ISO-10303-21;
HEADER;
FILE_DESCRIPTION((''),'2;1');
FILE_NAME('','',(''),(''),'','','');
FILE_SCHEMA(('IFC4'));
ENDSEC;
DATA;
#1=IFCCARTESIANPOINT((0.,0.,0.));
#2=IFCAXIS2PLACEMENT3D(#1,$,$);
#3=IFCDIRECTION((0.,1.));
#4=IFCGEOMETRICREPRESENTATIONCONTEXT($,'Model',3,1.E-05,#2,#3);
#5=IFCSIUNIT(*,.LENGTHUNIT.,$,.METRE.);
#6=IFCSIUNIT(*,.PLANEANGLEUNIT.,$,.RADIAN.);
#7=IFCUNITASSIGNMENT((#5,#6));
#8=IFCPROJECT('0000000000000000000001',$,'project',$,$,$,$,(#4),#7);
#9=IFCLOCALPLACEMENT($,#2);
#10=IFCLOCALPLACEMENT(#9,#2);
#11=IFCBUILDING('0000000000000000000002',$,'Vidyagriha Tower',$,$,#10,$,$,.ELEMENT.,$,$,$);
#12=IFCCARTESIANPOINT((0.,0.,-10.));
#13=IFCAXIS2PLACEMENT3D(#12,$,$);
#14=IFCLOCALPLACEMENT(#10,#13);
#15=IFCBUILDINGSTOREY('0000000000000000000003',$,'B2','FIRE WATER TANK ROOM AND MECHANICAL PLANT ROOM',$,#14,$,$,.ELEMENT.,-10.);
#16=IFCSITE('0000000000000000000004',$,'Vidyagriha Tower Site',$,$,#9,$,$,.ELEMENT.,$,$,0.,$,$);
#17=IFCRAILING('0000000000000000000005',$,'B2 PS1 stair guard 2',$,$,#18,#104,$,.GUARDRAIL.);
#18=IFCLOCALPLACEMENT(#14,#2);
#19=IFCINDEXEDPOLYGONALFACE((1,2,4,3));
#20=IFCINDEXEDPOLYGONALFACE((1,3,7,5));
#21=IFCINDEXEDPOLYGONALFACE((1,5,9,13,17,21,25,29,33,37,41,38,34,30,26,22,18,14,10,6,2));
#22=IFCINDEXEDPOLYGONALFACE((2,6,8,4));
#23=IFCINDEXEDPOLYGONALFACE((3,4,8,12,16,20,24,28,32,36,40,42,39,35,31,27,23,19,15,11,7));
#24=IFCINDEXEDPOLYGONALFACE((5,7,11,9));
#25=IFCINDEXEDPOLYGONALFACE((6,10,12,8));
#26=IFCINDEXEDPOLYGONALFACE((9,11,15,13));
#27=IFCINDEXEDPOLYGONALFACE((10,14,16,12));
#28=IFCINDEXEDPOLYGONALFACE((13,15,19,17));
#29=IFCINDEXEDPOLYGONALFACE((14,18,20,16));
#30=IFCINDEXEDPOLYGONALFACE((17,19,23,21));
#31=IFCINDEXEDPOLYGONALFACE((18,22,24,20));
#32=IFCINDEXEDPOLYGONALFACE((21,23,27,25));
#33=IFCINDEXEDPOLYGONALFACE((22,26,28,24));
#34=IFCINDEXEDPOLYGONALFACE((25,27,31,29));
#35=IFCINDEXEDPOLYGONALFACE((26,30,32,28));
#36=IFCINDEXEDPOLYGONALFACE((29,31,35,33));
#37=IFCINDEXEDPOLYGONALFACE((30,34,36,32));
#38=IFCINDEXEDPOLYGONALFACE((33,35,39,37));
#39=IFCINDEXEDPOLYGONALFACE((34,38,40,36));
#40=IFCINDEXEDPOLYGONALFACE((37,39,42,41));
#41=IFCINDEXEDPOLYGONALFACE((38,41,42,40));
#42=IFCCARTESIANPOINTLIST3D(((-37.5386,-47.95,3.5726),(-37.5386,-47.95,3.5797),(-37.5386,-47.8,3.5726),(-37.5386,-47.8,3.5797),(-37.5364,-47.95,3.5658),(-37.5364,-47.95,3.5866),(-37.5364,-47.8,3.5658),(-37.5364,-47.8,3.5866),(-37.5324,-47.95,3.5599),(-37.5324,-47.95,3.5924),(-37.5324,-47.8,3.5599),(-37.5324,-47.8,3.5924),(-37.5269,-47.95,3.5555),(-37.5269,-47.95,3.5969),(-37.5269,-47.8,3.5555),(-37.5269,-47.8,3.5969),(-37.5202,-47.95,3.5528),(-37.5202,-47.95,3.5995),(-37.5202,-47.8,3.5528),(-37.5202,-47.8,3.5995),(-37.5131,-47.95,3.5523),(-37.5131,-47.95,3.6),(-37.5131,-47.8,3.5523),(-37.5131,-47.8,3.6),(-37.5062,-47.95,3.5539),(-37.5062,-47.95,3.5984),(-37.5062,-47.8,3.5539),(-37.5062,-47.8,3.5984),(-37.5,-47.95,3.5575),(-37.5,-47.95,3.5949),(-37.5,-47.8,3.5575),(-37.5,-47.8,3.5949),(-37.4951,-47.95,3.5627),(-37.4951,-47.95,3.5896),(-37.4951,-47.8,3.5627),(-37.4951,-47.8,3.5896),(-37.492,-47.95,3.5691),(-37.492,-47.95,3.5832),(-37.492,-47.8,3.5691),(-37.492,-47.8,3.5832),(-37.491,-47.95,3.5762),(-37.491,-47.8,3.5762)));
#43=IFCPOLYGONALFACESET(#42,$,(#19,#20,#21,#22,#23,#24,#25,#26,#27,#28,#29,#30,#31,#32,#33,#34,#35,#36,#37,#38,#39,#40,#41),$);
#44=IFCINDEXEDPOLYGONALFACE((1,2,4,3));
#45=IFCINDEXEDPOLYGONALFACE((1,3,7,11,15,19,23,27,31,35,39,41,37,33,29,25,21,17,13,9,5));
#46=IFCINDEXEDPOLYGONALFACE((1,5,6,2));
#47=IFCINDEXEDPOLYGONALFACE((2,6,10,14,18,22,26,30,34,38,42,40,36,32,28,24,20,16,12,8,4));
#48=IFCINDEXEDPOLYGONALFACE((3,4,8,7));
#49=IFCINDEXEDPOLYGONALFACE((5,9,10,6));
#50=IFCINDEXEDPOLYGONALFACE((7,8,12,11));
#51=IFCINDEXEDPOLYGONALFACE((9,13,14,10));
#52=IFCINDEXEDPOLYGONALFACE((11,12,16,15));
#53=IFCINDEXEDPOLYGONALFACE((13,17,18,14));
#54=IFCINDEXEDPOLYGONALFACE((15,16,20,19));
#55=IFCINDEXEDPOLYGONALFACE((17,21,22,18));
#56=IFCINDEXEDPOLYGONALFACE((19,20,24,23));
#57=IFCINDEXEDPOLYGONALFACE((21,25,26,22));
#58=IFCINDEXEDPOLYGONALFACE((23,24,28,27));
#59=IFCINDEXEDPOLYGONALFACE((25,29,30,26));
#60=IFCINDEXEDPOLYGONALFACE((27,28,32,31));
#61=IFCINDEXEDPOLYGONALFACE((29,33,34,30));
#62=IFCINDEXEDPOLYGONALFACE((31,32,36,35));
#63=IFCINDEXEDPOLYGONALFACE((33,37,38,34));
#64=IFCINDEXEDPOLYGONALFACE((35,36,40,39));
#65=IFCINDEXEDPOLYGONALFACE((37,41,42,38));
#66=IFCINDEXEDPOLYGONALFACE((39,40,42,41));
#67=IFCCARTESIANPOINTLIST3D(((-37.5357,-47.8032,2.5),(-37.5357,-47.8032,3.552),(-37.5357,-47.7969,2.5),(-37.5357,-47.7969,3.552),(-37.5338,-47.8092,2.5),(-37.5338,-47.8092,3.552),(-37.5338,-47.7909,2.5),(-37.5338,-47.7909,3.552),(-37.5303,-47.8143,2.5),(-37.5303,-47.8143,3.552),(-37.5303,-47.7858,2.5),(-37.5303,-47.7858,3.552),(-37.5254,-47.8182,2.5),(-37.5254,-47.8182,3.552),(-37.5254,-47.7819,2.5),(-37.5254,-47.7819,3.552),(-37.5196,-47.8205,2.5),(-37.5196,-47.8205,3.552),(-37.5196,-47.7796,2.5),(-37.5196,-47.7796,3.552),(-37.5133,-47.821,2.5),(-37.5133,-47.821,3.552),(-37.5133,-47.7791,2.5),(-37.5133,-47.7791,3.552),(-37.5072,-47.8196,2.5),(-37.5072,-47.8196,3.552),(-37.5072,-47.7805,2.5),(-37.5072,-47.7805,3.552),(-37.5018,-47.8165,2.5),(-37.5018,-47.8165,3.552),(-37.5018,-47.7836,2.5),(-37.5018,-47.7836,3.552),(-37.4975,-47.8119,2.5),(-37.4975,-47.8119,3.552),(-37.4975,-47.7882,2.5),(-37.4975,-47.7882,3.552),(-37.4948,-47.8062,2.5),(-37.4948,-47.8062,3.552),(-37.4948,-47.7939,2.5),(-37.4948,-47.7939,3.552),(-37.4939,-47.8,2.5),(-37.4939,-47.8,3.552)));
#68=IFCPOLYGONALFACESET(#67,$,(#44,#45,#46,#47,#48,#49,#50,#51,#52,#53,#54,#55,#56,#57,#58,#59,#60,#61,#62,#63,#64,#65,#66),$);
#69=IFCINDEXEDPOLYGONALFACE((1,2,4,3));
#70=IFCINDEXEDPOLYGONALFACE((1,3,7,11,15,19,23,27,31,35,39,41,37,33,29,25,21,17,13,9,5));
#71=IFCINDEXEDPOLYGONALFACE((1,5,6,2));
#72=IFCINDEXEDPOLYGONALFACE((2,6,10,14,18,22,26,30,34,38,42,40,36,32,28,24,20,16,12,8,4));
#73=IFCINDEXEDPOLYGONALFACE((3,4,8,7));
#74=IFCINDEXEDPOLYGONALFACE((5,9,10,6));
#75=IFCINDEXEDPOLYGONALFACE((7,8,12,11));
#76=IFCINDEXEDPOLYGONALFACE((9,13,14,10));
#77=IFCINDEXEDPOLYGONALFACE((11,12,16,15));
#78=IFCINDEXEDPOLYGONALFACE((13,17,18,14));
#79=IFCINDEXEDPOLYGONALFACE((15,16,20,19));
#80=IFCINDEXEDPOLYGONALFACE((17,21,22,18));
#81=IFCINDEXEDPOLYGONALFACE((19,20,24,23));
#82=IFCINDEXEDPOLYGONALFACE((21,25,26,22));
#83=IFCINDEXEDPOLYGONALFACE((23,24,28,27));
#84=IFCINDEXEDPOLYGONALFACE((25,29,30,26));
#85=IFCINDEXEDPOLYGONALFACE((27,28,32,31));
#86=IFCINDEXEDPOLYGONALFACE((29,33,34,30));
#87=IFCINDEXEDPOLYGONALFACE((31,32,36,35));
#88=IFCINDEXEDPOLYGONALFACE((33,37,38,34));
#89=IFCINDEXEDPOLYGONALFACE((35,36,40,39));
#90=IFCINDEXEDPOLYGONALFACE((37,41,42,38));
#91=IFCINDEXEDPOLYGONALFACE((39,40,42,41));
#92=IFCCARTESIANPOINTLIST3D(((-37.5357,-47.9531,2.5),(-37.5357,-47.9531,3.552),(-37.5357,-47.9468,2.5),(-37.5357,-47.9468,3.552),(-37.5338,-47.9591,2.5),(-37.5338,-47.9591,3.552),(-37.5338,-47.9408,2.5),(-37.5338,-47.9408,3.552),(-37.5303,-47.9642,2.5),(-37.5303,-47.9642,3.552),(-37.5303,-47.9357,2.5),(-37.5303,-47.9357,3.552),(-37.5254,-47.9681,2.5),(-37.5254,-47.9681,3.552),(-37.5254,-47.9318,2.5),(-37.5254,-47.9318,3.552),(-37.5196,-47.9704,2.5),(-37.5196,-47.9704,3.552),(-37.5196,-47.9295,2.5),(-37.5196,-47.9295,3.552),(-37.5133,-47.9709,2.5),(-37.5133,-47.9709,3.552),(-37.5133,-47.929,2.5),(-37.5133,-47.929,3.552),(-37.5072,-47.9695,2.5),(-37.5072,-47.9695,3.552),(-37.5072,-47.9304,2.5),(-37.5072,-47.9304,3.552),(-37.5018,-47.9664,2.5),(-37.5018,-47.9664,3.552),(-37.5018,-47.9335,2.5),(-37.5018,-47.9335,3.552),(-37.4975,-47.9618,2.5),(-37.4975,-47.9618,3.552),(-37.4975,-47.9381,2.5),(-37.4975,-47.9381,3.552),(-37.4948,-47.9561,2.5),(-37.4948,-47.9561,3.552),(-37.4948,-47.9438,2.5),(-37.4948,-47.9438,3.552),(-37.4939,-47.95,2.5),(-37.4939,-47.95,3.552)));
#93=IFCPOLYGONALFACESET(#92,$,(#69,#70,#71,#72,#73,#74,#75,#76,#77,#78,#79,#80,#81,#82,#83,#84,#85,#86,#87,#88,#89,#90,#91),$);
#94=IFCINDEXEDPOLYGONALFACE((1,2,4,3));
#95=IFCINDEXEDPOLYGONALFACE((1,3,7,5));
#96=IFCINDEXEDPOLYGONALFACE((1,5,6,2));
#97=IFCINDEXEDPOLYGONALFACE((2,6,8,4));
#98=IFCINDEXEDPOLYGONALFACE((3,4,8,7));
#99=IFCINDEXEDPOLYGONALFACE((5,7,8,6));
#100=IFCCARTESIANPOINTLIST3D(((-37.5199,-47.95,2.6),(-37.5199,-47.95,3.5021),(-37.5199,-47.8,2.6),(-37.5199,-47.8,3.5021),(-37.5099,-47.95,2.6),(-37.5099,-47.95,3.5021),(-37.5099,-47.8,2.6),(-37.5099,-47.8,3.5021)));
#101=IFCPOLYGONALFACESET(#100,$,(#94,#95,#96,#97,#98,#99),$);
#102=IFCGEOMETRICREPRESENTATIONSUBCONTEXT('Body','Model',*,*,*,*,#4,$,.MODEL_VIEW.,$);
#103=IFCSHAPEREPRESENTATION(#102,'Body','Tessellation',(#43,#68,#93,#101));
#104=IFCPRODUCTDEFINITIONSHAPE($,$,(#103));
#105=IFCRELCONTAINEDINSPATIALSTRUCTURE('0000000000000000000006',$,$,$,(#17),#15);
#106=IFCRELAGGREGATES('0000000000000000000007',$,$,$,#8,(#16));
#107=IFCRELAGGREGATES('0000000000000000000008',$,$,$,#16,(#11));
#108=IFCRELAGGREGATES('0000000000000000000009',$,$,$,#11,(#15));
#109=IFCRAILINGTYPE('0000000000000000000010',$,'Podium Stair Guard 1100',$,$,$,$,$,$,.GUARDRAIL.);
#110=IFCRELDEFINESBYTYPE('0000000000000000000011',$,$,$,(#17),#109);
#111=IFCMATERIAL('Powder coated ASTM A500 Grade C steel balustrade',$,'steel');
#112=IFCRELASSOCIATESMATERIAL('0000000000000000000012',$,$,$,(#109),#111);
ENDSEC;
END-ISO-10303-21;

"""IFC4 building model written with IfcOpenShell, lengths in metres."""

from ifc_helpers import new_model, si_unit, direction, frame, origin, origin_2d, place, context, subcontext, project, spatial, rectangle, circle, extrude, material, type_object, element, save


model = new_model("IFC4")

# Units and contexts
model_context = context("Model", 3, precision=1e-05, world=origin(), true_north=direction((0.0, 1.0)))
body_context = subcontext(model_context, "Body", "Model", "MODEL_VIEW")
ifc_project = project(units=[si_unit("LENGTHUNIT", "METRE"), si_unit("PLANEANGLEUNIT", "RADIAN")], contexts=[model_context])

# Site, building, storey
site_placement = place(None, origin())
site = spatial("IfcSite", under=ifc_project, at=site_placement, Name="Vidyagriha Tower Site", CompositionType="ELEMENT", RefElevation=0.0)
building_placement = place(site_placement, origin())
building = spatial("IfcBuilding", under=site, at=building_placement, Name="Vidyagriha Tower", CompositionType="ELEMENT")
storey_placement = place(building_placement, frame((0.0, 0.0, -10.0)))
storey = spatial("IfcBuildingStorey", under=building, at=storey_placement, Name="B2", Description="FIRE WATER TANK ROOM AND MECHANICAL PLANT ROOM", CompositionType="ELEMENT", Elevation=-10.0)

# Railing
ifc_material_1 = material(Name="Powder coated ASTM A500 Grade C steel balustrade", Category="steel")
railing_type_1 = type_object("IfcRailingType", Name="Podium Stair Guard 1100", PredefinedType="GUARDRAIL", material=ifc_material_1)
railing_1_placement = place(storey_placement, frame((-37.5149, -47.8, 2.5)))
element("IfcRailing", 1, at=railing_1_placement, inside=storey, type_object=railing_type_1, Name="B2 PS1 stair guard 2", PredefinedType="GUARDRAIL", context=body_context, shape_type="SweptSolid", body=[
    extrude(circle(Radius=0.0239, at=origin_2d()), frame((0.0, 0.0, 1.0762), z_axis=(0.0, -1.0, 0.0), x_axis=(1.0, 0.0, 0.0)), (0.0, 0.0, 1.0), 0.1499),
    extrude(circle(Radius=0.021, at=origin_2d()), origin(), (0.0, 0.0, 1.0), 1.052),
    extrude(circle(Radius=0.021, at=origin_2d()), frame((0.0, -0.1499, 0.0)), (0.0, 0.0, 1.0), 1.052),
    extrude(rectangle(XDim=0.01, YDim=0.9021, at=origin_2d()), frame((0.0, 0.0, 0.551), z_axis=(0.0, -1.0, 0.0), x_axis=(1.0, 0.0, 0.0)), (0.0, 0.0, 1.0), 0.1499),
])

save(model, "model.ifc")
